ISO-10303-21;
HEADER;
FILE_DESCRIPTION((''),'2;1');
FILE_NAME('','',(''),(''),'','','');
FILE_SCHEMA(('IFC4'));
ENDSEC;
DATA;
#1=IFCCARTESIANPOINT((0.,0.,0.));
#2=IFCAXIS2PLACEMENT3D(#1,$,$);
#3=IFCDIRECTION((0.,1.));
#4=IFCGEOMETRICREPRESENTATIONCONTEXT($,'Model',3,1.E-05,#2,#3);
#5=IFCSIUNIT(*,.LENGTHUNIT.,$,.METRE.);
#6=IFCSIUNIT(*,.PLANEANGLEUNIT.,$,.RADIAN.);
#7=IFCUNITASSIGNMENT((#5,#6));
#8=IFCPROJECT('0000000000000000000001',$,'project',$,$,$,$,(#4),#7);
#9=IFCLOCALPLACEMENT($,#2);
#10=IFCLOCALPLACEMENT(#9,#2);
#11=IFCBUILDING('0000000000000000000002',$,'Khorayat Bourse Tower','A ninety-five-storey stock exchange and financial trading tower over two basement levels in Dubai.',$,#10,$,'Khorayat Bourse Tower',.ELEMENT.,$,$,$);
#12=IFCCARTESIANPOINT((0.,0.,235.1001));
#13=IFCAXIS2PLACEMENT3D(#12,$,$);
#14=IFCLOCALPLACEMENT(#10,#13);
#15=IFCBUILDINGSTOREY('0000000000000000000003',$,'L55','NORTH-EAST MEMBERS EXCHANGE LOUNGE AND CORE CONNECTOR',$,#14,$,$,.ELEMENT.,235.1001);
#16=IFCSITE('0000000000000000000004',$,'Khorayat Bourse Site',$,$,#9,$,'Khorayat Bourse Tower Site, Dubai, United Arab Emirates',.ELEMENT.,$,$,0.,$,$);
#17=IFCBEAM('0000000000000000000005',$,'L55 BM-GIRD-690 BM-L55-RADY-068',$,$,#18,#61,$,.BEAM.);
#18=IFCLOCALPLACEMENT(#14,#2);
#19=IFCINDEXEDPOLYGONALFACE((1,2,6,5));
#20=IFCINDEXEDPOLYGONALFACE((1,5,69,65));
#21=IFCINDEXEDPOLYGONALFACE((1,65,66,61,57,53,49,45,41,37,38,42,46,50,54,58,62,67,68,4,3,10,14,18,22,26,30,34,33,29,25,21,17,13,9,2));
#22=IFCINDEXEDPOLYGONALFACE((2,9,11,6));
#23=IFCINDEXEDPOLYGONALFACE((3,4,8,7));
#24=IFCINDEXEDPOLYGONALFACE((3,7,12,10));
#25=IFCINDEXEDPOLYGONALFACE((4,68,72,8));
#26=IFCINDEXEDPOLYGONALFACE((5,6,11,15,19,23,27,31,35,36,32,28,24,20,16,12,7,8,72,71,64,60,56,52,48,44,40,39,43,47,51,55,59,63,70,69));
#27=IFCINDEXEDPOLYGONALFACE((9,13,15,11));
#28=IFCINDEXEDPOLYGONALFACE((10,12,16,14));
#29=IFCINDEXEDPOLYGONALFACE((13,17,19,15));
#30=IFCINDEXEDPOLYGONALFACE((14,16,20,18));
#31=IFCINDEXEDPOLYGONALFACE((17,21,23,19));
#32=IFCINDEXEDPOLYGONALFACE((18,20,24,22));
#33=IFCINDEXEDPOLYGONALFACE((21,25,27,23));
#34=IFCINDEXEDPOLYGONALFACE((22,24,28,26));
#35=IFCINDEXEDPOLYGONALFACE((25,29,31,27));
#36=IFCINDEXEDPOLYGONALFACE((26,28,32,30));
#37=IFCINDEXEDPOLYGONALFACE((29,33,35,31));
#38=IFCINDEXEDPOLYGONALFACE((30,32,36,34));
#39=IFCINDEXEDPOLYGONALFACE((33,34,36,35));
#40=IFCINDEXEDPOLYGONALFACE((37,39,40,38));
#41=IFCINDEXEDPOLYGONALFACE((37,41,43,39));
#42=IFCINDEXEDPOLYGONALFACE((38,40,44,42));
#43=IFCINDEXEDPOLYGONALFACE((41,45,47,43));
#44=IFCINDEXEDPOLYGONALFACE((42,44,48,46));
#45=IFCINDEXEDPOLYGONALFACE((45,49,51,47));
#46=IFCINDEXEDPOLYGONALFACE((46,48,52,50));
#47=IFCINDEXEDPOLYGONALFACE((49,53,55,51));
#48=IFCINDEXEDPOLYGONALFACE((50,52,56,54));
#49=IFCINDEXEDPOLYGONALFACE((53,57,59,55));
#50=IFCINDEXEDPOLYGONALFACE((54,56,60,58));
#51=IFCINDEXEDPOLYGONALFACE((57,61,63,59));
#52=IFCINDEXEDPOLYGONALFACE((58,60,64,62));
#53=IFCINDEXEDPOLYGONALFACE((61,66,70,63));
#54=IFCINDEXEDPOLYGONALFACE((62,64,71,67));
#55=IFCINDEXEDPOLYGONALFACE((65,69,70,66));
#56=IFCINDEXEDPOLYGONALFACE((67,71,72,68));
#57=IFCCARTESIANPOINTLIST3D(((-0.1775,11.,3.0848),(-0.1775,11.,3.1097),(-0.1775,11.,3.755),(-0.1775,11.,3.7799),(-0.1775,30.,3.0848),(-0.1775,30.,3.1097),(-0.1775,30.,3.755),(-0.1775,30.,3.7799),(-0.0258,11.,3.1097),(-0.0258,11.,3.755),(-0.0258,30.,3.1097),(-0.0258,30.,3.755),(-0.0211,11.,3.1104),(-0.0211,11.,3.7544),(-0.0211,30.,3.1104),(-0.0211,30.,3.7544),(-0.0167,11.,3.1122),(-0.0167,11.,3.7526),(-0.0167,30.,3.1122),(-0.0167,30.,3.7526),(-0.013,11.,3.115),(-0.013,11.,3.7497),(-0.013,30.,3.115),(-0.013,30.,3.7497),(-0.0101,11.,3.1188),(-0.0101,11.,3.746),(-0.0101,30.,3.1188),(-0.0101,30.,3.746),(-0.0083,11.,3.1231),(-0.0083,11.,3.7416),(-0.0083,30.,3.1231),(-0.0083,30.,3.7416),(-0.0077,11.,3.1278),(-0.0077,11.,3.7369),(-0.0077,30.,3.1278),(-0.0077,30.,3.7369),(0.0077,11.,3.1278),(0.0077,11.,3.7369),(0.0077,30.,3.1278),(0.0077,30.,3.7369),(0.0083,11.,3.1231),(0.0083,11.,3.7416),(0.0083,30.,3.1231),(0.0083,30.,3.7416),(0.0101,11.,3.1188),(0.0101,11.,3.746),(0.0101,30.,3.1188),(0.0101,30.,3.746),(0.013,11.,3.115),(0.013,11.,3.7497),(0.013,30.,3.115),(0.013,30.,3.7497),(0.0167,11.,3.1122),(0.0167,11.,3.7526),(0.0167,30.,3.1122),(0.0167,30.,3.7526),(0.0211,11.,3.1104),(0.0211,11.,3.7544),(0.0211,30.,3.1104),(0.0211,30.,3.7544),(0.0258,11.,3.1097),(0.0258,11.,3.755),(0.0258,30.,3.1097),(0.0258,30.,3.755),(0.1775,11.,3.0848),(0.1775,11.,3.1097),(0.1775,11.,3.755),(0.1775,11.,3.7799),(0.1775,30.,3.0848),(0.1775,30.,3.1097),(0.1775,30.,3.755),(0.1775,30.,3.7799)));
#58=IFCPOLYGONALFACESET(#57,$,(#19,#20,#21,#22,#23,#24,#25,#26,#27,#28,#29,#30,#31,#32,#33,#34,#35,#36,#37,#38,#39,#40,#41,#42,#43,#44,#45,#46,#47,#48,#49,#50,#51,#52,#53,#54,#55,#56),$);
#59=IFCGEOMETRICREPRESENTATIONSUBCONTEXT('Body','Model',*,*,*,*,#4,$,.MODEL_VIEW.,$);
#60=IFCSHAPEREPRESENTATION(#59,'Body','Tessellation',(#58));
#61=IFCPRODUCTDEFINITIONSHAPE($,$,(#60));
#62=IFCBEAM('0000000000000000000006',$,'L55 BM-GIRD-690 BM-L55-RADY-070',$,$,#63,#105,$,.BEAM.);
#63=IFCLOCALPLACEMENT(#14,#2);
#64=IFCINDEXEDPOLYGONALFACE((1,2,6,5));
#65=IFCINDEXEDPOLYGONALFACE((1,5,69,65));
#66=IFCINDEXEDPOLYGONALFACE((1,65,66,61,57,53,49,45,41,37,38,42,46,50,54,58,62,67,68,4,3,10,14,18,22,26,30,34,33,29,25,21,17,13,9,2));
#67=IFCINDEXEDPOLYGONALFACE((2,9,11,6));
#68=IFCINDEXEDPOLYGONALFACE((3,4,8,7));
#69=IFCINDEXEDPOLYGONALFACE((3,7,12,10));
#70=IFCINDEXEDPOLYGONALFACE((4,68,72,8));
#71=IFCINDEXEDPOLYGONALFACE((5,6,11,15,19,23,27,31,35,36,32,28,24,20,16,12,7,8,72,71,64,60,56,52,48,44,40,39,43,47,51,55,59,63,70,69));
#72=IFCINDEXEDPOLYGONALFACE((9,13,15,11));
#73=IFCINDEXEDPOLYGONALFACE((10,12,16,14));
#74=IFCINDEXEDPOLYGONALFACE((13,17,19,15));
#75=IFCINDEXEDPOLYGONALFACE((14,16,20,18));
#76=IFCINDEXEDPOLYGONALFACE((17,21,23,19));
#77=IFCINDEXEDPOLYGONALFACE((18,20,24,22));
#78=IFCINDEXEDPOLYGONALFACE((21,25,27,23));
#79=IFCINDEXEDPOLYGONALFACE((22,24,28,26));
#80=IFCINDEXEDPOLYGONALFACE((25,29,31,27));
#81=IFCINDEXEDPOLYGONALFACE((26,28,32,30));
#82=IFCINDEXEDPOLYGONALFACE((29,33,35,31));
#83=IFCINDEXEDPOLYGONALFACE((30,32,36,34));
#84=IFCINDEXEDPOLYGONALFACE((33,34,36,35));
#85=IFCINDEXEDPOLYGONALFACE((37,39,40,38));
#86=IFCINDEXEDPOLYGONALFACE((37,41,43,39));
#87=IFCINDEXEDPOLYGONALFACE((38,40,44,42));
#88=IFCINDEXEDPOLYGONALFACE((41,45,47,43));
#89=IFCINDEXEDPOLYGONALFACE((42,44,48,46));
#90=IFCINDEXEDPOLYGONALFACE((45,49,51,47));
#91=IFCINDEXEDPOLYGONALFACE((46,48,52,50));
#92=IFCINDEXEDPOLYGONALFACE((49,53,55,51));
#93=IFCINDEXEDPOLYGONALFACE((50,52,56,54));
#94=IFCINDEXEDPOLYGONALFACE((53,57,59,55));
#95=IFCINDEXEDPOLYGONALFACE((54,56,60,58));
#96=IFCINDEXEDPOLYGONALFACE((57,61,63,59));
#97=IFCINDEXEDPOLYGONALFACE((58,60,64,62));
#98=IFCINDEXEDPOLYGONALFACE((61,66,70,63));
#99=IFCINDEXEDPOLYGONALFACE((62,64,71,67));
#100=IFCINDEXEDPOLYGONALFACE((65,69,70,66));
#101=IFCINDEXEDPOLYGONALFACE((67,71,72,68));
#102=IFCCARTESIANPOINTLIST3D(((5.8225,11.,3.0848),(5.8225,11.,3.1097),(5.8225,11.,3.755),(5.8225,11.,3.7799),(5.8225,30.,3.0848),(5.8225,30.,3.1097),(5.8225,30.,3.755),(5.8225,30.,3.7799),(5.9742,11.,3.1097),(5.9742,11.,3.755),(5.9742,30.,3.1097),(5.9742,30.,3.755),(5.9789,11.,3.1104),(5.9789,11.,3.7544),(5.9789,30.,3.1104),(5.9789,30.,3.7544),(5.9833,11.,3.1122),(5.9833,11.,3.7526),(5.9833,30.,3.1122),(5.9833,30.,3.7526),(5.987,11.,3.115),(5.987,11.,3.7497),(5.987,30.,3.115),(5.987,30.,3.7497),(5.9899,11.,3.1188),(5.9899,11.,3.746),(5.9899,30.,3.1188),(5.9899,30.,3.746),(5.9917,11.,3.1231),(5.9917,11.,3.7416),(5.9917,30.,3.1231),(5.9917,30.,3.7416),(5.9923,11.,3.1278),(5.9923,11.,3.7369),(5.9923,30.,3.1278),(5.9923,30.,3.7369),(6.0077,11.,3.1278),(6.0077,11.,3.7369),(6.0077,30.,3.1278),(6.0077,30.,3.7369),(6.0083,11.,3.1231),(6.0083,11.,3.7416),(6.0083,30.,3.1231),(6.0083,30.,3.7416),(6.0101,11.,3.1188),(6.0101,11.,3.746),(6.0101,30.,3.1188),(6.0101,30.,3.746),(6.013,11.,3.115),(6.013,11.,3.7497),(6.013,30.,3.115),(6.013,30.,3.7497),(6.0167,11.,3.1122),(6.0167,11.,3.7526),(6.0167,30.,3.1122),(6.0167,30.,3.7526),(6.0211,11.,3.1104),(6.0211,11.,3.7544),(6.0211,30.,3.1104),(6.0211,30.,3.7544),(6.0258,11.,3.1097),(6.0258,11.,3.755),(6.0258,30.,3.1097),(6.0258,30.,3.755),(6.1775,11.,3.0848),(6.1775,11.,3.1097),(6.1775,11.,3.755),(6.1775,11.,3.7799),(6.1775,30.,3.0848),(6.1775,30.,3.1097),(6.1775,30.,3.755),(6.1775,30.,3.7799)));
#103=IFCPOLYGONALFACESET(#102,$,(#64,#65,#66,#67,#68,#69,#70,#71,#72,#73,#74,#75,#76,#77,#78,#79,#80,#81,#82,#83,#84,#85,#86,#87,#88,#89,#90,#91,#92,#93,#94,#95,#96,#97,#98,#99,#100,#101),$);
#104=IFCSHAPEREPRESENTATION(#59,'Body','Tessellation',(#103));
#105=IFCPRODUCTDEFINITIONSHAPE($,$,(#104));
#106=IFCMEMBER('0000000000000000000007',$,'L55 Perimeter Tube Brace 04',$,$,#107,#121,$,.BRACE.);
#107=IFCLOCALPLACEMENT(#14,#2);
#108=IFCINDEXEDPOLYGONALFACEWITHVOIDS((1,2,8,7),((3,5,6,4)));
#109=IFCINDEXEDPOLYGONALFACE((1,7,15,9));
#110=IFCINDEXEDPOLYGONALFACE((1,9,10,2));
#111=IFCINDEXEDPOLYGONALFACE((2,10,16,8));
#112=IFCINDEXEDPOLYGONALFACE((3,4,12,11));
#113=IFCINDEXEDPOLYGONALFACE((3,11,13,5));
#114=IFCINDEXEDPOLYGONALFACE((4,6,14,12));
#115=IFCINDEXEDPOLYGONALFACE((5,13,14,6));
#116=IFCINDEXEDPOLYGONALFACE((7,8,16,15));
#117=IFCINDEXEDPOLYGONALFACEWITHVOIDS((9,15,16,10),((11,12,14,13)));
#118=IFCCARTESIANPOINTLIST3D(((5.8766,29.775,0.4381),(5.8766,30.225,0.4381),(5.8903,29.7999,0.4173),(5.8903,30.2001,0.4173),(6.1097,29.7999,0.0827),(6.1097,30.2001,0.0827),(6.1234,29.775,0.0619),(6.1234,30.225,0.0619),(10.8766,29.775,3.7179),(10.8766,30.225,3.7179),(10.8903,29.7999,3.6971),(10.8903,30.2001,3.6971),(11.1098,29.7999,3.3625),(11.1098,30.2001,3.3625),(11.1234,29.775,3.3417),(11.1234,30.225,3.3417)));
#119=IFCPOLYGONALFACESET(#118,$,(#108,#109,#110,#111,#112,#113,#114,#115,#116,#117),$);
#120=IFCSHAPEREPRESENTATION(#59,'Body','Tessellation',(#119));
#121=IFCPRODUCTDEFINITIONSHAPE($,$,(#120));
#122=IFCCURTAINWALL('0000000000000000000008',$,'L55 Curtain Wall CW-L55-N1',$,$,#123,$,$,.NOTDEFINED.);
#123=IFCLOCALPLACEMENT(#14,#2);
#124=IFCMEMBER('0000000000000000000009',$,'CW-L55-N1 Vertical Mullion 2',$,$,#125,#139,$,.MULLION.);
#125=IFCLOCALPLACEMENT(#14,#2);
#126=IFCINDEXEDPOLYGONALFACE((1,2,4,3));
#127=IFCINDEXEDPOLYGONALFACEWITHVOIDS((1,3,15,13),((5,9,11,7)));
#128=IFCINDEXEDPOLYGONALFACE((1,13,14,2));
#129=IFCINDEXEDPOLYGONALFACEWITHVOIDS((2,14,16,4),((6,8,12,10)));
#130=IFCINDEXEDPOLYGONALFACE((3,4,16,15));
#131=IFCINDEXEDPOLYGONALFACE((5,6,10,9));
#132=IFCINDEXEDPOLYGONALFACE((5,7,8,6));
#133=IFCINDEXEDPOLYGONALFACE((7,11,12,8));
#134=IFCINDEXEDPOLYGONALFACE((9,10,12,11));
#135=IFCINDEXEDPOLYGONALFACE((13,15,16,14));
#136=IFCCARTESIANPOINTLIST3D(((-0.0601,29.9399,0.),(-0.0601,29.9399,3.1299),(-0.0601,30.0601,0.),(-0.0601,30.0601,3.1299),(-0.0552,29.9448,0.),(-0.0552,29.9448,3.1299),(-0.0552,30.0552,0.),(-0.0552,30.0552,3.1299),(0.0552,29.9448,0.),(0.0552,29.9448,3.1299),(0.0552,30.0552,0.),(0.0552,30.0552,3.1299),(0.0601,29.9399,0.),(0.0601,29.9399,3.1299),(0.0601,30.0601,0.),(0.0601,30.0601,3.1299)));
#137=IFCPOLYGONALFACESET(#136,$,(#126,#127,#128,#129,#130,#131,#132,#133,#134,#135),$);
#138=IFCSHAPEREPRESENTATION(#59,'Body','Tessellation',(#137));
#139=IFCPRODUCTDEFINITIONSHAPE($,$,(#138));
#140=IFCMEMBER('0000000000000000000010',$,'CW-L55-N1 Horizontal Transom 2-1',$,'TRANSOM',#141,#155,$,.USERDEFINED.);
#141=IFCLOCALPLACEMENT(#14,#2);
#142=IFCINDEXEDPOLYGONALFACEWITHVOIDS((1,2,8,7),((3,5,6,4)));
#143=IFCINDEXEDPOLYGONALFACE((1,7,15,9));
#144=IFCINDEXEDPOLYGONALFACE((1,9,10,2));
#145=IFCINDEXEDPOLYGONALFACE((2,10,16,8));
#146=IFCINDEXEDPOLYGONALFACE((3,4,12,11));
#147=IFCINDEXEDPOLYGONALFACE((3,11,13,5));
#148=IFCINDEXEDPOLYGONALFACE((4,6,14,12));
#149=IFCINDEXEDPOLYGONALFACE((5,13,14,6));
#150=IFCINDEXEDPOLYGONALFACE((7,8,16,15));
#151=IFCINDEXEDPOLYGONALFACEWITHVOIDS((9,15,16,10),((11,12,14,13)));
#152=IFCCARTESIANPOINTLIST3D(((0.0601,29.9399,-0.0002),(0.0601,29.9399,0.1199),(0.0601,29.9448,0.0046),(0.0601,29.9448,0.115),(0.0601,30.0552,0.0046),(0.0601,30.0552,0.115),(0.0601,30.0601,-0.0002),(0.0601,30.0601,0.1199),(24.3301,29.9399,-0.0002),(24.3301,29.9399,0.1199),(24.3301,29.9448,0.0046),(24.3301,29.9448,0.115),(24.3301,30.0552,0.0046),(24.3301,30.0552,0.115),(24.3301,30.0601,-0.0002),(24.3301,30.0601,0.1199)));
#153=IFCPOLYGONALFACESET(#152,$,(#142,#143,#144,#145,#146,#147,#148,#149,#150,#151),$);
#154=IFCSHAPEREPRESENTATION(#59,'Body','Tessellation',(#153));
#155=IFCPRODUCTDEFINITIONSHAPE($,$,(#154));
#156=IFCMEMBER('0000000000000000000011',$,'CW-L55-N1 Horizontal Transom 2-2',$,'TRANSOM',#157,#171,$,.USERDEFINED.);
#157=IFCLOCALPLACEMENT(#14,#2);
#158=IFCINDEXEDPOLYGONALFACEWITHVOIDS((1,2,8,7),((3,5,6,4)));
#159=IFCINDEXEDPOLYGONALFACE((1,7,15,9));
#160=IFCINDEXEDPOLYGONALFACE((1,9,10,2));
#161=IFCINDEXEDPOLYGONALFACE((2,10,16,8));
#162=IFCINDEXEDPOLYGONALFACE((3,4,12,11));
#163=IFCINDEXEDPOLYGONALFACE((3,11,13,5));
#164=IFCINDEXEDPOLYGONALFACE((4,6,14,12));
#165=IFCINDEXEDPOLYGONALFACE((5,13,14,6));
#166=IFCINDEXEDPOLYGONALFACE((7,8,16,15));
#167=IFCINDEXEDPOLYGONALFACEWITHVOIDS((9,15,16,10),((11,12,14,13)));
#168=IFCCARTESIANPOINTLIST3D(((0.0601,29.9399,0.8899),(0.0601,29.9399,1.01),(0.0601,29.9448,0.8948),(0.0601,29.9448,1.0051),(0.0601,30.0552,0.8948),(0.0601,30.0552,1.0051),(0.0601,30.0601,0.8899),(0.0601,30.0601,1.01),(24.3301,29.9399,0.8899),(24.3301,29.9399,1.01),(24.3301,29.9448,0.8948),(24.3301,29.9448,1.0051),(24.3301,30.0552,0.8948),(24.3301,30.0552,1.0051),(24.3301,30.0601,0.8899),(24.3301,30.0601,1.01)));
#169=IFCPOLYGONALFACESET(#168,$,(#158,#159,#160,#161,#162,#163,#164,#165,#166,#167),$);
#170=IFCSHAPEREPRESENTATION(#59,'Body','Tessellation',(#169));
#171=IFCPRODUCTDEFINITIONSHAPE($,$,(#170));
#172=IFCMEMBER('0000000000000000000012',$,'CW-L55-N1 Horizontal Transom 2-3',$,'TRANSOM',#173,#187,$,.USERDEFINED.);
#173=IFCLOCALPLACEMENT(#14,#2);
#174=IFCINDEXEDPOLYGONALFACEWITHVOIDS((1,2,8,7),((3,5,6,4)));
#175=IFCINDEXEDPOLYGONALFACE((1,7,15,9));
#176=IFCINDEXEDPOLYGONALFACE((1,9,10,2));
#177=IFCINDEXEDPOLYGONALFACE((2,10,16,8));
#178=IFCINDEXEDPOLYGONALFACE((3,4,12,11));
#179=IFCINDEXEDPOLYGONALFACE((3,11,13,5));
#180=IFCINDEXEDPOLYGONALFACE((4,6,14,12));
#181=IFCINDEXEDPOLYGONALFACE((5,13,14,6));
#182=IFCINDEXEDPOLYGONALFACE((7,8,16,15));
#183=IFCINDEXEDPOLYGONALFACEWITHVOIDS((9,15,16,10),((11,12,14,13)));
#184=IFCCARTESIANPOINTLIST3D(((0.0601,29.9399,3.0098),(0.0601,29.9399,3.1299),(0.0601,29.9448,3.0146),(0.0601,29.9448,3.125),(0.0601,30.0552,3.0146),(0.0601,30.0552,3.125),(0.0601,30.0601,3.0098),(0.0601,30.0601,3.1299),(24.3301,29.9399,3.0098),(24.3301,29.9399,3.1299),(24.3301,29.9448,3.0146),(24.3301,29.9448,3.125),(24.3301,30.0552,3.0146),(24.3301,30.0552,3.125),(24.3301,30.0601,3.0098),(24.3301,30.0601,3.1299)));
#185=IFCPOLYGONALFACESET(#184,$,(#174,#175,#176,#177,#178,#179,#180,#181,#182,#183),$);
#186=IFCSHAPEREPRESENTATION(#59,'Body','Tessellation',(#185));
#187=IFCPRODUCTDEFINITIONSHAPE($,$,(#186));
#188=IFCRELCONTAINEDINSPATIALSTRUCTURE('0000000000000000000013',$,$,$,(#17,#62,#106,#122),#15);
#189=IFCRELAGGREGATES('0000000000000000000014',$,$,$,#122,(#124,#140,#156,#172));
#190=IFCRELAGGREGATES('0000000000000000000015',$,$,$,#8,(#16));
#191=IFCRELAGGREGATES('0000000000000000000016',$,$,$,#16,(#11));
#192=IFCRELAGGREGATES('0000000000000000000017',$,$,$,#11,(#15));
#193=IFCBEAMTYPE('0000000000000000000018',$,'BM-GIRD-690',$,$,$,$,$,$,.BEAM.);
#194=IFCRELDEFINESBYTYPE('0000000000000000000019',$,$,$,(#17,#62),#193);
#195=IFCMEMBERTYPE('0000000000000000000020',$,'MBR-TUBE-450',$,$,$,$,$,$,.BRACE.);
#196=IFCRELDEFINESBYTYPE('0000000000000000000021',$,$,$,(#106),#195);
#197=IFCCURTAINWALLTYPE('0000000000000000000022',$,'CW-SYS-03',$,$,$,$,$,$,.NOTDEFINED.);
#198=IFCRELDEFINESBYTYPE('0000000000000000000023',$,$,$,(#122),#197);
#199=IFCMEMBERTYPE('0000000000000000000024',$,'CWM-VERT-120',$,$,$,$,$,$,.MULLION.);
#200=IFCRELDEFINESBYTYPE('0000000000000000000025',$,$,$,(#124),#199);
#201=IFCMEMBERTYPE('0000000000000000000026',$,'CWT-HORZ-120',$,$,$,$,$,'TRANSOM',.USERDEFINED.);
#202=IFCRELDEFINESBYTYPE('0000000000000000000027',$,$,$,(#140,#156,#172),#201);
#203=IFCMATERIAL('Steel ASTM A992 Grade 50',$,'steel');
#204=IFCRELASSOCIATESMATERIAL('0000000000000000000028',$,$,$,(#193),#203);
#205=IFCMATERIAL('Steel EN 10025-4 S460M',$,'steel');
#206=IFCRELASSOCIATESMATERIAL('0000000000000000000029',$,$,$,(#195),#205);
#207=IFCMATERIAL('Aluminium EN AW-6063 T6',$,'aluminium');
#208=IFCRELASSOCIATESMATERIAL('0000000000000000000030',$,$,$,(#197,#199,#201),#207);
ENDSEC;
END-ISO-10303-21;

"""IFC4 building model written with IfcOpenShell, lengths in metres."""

from ifc_helpers import new_model, si_unit, direction, frame, origin, origin_2d, place, context, subcontext, project, spatial, hollow_rectangle, i_section, extrude, source, transform, mapped, material, material_profile, profile_set, type_object, element, aggregate, save


model = new_model("IFC4")

# Units and contexts
model_context = context("Model", 3, precision=1e-05, world=origin(), true_north=direction((0.0, 1.0)))
body_context = subcontext(model_context, "Body", "Model", "MODEL_VIEW")
ifc_project = project(units=[si_unit("LENGTHUNIT", "METRE"), si_unit("PLANEANGLEUNIT", "RADIAN")], contexts=[model_context])

# Site, building, storey
site_placement = place(None, origin())
site = spatial("IfcSite", under=ifc_project, at=site_placement, Name="Khorayat Bourse Site", LongName="Khorayat Bourse Tower Site, Dubai, United Arab Emirates", CompositionType="ELEMENT", RefElevation=0.0)
building_placement = place(site_placement, origin())
building = spatial("IfcBuilding", under=site, at=building_placement, Name="Khorayat Bourse Tower", Description="A ninety-five-storey stock exchange and financial trading tower over two basement levels in Dubai.", LongName="Khorayat Bourse Tower", CompositionType="ELEMENT")
storey_placement = place(building_placement, frame((0.0, 0.0, 235.1001)))
storey = spatial("IfcBuildingStorey", under=building, at=storey_placement, Name="L55", Description="NORTH-EAST MEMBERS EXCHANGE LOUNGE AND CORE CONNECTOR", CompositionType="ELEMENT", Elevation=235.1001)

# Shared definitions
ifc_material_1 = material(Name="Steel EN 10025-4 S460M", Category="steel")

# Beams
ifc_material_2 = material(Name="Steel ASTM A992 Grade 50", Category="steel")
ifc_material_profile_1 = material_profile(ifc_material_2, i_section(OverallWidth=0.355, OverallDepth=0.6951, WebThickness=0.0154, FlangeThickness=0.0249, FilletRadius=0.0181, at=origin_2d()), Name="W690X217")
ifc_profile_set_1 = profile_set([ifc_material_profile_1], Name="Steel ASTM A992 Grade 50")
beam_type_1 = type_object("IfcBeamType", Name="BM-GIRD-690", PredefinedType="BEAM", material=ifc_profile_set_1)
shared_shape_1 = source(origin(), body_context, "Body", "SweptSolid", [
    extrude(i_section(OverallWidth=0.355, OverallDepth=0.6951, WebThickness=0.0154, FlangeThickness=0.0249, FilletRadius=0.0181, at=origin_2d()), origin(), (0.0, 0.0, 1.0), 19.0),
])
for number, where, z_axis, x_axis, name in (
    (1, (0.0, 11.0, 3.4324), (0.0, 1.0, 0.0), (-1.0, 0.0, 0.0), "L55 BM-GIRD-690 BM-L55-RADY-068"),
    (2, (6.0, 11.0, 3.4324), (0.0, 1.0, 0.0), (-1.0, 0.0, 0.0), "L55 BM-GIRD-690 BM-L55-RADY-070"),
):
    element("IfcBeam", number, at=place(storey_placement, frame(where, z_axis=z_axis, x_axis=x_axis)), inside=storey, type_object=beam_type_1, Name=name, PredefinedType="BEAM", context=body_context, shape_type="MappedRepresentation", body=[
        mapped(shared_shape_1, transform((0.0, 0.0, 0.0), scale=1.0)),
    ])

# Member
ifc_material_profile_2 = material_profile(ifc_material_1, hollow_rectangle(XDim=0.45, YDim=0.45, WallThickness=0.0249, at=origin_2d()), Name="HSS 450x450x25")
ifc_profile_set_2 = profile_set([ifc_material_profile_2], Name="Steel EN 10025-4 S460M")
member_type_1 = type_object("IfcMemberType", Name="MBR-TUBE-450", PredefinedType="BRACE", material=ifc_profile_set_2)
shared_shape_2 = source(origin(), body_context, "Body", "SweptSolid", [
    extrude(hollow_rectangle(XDim=0.45, YDim=0.45, WallThickness=0.0249, at=origin_2d()), origin(), (0.0, 0.0, 1.0), 5.9797),
])
member_1_placement = place(storey_placement, frame((6.0, 30.0, 0.25), z_axis=(0.83616, 0.0, 0.548485), x_axis=(0.0, 1.0, 0.0)))
element("IfcMember", 3, at=member_1_placement, inside=storey, type_object=member_type_1, Name="L55 Perimeter Tube Brace 04", PredefinedType="BRACE", context=body_context, shape_type="MappedRepresentation", body=[
    mapped(shared_shape_2, transform((0.0, 0.0, 0.0), scale=1.0)),
])

# Curtain wall, members
ifc_material_3 = material(Name="Aluminium EN AW-6063 T6", Category="aluminium")
curtain_wall_type = type_object("IfcCurtainWallType", Name="CW-SYS-03", PredefinedType="NOTDEFINED", material=ifc_material_3)
curtain_wall_placement = place(storey_placement, origin())
curtain_wall = element("IfcCurtainWall", 4, at=curtain_wall_placement, inside=storey, type_object=curtain_wall_type, Name="L55 Curtain Wall CW-L55-N1", PredefinedType="NOTDEFINED")
ifc_material_profile_3 = material_profile(ifc_material_3, hollow_rectangle(XDim=0.1201, YDim=0.1201, WallThickness=0.0049, at=origin_2d()), Name="ALU 120x120x5")
ifc_profile_set_3 = profile_set([ifc_material_profile_3], Name="Aluminium EN AW-6063 T6")
member_type_2 = type_object("IfcMemberType", Name="CWM-VERT-120", PredefinedType="MULLION", material=ifc_profile_set_3)
shared_shape_3 = source(origin(), body_context, "Body", "SweptSolid", [
    extrude(hollow_rectangle(XDim=0.1201, YDim=0.1201, WallThickness=0.0049, at=origin_2d()), origin(), (0.0, 0.0, 1.0), 3.1299),
])
member_2_placement = place(storey_placement, frame((0.0, 30.0, 0.0), z_axis=(0.0, 0.0, 1.0), x_axis=(0.0, 1.0, 0.0)))
member_2 = element("IfcMember", 5, at=member_2_placement, type_object=member_type_2, Name="CW-L55-N1 Vertical Mullion 2", PredefinedType="MULLION", context=body_context, shape_type="MappedRepresentation", body=[
    mapped(shared_shape_3, transform((0.0, 0.0, 0.0), scale=1.0)),
])
ifc_material_profile_4 = material_profile(ifc_material_3, hollow_rectangle(XDim=0.1201, YDim=0.1201, WallThickness=0.0049, at=origin_2d()), Name="ALU 120x120x5")
ifc_profile_set_4 = profile_set([ifc_material_profile_4], Name="Aluminium EN AW-6063 T6")
member_type_3 = type_object("IfcMemberType", Name="CWT-HORZ-120", ElementType="TRANSOM", PredefinedType="USERDEFINED", material=ifc_profile_set_4)
shared_shape_4 = source(origin(), body_context, "Body", "SweptSolid", [
    extrude(hollow_rectangle(XDim=0.1201, YDim=0.1201, WallThickness=0.0049, at=origin_2d()), origin(), (0.0, 0.0, 1.0), 24.27),
])
member_3_placement = place(storey_placement, frame((0.0601, 30.0, 0.0598), z_axis=(1.0, 0.0, 0.0), x_axis=(0.0, 1.0, 0.0)))
member_3 = element("IfcMember", 6, at=member_3_placement, type_object=member_type_3, Name="CW-L55-N1 Horizontal Transom 2-1", ObjectType="TRANSOM", PredefinedType="USERDEFINED", context=body_context, shape_type="MappedRepresentation", body=[
    mapped(shared_shape_4, transform((0.0, 0.0, 0.0), scale=1.0)),
])
member_4_placement = place(storey_placement, frame((0.0601, 30.0, 0.95), z_axis=(1.0, 0.0, 0.0), x_axis=(0.0, 1.0, 0.0)))
member_4 = element("IfcMember", 7, at=member_4_placement, type_object=member_type_3, Name="CW-L55-N1 Horizontal Transom 2-2", ObjectType="TRANSOM", PredefinedType="USERDEFINED", context=body_context, shape_type="MappedRepresentation", body=[
    mapped(shared_shape_4, transform((0.0, 0.0, 0.0), scale=1.0)),
])
member_5_placement = place(storey_placement, frame((0.0601, 30.0, 3.0698), z_axis=(1.0, 0.0, 0.0), x_axis=(0.0, 1.0, 0.0)))
member_5 = element("IfcMember", 8, at=member_5_placement, type_object=member_type_3, Name="CW-L55-N1 Horizontal Transom 2-3", ObjectType="TRANSOM", PredefinedType="USERDEFINED", context=body_context, shape_type="MappedRepresentation", body=[
    mapped(shared_shape_4, transform((0.0, 0.0, 0.0), scale=1.0)),
])
aggregate(curtain_wall, [member_2, member_3, member_4, member_5])

save(model, "model.ifc")
